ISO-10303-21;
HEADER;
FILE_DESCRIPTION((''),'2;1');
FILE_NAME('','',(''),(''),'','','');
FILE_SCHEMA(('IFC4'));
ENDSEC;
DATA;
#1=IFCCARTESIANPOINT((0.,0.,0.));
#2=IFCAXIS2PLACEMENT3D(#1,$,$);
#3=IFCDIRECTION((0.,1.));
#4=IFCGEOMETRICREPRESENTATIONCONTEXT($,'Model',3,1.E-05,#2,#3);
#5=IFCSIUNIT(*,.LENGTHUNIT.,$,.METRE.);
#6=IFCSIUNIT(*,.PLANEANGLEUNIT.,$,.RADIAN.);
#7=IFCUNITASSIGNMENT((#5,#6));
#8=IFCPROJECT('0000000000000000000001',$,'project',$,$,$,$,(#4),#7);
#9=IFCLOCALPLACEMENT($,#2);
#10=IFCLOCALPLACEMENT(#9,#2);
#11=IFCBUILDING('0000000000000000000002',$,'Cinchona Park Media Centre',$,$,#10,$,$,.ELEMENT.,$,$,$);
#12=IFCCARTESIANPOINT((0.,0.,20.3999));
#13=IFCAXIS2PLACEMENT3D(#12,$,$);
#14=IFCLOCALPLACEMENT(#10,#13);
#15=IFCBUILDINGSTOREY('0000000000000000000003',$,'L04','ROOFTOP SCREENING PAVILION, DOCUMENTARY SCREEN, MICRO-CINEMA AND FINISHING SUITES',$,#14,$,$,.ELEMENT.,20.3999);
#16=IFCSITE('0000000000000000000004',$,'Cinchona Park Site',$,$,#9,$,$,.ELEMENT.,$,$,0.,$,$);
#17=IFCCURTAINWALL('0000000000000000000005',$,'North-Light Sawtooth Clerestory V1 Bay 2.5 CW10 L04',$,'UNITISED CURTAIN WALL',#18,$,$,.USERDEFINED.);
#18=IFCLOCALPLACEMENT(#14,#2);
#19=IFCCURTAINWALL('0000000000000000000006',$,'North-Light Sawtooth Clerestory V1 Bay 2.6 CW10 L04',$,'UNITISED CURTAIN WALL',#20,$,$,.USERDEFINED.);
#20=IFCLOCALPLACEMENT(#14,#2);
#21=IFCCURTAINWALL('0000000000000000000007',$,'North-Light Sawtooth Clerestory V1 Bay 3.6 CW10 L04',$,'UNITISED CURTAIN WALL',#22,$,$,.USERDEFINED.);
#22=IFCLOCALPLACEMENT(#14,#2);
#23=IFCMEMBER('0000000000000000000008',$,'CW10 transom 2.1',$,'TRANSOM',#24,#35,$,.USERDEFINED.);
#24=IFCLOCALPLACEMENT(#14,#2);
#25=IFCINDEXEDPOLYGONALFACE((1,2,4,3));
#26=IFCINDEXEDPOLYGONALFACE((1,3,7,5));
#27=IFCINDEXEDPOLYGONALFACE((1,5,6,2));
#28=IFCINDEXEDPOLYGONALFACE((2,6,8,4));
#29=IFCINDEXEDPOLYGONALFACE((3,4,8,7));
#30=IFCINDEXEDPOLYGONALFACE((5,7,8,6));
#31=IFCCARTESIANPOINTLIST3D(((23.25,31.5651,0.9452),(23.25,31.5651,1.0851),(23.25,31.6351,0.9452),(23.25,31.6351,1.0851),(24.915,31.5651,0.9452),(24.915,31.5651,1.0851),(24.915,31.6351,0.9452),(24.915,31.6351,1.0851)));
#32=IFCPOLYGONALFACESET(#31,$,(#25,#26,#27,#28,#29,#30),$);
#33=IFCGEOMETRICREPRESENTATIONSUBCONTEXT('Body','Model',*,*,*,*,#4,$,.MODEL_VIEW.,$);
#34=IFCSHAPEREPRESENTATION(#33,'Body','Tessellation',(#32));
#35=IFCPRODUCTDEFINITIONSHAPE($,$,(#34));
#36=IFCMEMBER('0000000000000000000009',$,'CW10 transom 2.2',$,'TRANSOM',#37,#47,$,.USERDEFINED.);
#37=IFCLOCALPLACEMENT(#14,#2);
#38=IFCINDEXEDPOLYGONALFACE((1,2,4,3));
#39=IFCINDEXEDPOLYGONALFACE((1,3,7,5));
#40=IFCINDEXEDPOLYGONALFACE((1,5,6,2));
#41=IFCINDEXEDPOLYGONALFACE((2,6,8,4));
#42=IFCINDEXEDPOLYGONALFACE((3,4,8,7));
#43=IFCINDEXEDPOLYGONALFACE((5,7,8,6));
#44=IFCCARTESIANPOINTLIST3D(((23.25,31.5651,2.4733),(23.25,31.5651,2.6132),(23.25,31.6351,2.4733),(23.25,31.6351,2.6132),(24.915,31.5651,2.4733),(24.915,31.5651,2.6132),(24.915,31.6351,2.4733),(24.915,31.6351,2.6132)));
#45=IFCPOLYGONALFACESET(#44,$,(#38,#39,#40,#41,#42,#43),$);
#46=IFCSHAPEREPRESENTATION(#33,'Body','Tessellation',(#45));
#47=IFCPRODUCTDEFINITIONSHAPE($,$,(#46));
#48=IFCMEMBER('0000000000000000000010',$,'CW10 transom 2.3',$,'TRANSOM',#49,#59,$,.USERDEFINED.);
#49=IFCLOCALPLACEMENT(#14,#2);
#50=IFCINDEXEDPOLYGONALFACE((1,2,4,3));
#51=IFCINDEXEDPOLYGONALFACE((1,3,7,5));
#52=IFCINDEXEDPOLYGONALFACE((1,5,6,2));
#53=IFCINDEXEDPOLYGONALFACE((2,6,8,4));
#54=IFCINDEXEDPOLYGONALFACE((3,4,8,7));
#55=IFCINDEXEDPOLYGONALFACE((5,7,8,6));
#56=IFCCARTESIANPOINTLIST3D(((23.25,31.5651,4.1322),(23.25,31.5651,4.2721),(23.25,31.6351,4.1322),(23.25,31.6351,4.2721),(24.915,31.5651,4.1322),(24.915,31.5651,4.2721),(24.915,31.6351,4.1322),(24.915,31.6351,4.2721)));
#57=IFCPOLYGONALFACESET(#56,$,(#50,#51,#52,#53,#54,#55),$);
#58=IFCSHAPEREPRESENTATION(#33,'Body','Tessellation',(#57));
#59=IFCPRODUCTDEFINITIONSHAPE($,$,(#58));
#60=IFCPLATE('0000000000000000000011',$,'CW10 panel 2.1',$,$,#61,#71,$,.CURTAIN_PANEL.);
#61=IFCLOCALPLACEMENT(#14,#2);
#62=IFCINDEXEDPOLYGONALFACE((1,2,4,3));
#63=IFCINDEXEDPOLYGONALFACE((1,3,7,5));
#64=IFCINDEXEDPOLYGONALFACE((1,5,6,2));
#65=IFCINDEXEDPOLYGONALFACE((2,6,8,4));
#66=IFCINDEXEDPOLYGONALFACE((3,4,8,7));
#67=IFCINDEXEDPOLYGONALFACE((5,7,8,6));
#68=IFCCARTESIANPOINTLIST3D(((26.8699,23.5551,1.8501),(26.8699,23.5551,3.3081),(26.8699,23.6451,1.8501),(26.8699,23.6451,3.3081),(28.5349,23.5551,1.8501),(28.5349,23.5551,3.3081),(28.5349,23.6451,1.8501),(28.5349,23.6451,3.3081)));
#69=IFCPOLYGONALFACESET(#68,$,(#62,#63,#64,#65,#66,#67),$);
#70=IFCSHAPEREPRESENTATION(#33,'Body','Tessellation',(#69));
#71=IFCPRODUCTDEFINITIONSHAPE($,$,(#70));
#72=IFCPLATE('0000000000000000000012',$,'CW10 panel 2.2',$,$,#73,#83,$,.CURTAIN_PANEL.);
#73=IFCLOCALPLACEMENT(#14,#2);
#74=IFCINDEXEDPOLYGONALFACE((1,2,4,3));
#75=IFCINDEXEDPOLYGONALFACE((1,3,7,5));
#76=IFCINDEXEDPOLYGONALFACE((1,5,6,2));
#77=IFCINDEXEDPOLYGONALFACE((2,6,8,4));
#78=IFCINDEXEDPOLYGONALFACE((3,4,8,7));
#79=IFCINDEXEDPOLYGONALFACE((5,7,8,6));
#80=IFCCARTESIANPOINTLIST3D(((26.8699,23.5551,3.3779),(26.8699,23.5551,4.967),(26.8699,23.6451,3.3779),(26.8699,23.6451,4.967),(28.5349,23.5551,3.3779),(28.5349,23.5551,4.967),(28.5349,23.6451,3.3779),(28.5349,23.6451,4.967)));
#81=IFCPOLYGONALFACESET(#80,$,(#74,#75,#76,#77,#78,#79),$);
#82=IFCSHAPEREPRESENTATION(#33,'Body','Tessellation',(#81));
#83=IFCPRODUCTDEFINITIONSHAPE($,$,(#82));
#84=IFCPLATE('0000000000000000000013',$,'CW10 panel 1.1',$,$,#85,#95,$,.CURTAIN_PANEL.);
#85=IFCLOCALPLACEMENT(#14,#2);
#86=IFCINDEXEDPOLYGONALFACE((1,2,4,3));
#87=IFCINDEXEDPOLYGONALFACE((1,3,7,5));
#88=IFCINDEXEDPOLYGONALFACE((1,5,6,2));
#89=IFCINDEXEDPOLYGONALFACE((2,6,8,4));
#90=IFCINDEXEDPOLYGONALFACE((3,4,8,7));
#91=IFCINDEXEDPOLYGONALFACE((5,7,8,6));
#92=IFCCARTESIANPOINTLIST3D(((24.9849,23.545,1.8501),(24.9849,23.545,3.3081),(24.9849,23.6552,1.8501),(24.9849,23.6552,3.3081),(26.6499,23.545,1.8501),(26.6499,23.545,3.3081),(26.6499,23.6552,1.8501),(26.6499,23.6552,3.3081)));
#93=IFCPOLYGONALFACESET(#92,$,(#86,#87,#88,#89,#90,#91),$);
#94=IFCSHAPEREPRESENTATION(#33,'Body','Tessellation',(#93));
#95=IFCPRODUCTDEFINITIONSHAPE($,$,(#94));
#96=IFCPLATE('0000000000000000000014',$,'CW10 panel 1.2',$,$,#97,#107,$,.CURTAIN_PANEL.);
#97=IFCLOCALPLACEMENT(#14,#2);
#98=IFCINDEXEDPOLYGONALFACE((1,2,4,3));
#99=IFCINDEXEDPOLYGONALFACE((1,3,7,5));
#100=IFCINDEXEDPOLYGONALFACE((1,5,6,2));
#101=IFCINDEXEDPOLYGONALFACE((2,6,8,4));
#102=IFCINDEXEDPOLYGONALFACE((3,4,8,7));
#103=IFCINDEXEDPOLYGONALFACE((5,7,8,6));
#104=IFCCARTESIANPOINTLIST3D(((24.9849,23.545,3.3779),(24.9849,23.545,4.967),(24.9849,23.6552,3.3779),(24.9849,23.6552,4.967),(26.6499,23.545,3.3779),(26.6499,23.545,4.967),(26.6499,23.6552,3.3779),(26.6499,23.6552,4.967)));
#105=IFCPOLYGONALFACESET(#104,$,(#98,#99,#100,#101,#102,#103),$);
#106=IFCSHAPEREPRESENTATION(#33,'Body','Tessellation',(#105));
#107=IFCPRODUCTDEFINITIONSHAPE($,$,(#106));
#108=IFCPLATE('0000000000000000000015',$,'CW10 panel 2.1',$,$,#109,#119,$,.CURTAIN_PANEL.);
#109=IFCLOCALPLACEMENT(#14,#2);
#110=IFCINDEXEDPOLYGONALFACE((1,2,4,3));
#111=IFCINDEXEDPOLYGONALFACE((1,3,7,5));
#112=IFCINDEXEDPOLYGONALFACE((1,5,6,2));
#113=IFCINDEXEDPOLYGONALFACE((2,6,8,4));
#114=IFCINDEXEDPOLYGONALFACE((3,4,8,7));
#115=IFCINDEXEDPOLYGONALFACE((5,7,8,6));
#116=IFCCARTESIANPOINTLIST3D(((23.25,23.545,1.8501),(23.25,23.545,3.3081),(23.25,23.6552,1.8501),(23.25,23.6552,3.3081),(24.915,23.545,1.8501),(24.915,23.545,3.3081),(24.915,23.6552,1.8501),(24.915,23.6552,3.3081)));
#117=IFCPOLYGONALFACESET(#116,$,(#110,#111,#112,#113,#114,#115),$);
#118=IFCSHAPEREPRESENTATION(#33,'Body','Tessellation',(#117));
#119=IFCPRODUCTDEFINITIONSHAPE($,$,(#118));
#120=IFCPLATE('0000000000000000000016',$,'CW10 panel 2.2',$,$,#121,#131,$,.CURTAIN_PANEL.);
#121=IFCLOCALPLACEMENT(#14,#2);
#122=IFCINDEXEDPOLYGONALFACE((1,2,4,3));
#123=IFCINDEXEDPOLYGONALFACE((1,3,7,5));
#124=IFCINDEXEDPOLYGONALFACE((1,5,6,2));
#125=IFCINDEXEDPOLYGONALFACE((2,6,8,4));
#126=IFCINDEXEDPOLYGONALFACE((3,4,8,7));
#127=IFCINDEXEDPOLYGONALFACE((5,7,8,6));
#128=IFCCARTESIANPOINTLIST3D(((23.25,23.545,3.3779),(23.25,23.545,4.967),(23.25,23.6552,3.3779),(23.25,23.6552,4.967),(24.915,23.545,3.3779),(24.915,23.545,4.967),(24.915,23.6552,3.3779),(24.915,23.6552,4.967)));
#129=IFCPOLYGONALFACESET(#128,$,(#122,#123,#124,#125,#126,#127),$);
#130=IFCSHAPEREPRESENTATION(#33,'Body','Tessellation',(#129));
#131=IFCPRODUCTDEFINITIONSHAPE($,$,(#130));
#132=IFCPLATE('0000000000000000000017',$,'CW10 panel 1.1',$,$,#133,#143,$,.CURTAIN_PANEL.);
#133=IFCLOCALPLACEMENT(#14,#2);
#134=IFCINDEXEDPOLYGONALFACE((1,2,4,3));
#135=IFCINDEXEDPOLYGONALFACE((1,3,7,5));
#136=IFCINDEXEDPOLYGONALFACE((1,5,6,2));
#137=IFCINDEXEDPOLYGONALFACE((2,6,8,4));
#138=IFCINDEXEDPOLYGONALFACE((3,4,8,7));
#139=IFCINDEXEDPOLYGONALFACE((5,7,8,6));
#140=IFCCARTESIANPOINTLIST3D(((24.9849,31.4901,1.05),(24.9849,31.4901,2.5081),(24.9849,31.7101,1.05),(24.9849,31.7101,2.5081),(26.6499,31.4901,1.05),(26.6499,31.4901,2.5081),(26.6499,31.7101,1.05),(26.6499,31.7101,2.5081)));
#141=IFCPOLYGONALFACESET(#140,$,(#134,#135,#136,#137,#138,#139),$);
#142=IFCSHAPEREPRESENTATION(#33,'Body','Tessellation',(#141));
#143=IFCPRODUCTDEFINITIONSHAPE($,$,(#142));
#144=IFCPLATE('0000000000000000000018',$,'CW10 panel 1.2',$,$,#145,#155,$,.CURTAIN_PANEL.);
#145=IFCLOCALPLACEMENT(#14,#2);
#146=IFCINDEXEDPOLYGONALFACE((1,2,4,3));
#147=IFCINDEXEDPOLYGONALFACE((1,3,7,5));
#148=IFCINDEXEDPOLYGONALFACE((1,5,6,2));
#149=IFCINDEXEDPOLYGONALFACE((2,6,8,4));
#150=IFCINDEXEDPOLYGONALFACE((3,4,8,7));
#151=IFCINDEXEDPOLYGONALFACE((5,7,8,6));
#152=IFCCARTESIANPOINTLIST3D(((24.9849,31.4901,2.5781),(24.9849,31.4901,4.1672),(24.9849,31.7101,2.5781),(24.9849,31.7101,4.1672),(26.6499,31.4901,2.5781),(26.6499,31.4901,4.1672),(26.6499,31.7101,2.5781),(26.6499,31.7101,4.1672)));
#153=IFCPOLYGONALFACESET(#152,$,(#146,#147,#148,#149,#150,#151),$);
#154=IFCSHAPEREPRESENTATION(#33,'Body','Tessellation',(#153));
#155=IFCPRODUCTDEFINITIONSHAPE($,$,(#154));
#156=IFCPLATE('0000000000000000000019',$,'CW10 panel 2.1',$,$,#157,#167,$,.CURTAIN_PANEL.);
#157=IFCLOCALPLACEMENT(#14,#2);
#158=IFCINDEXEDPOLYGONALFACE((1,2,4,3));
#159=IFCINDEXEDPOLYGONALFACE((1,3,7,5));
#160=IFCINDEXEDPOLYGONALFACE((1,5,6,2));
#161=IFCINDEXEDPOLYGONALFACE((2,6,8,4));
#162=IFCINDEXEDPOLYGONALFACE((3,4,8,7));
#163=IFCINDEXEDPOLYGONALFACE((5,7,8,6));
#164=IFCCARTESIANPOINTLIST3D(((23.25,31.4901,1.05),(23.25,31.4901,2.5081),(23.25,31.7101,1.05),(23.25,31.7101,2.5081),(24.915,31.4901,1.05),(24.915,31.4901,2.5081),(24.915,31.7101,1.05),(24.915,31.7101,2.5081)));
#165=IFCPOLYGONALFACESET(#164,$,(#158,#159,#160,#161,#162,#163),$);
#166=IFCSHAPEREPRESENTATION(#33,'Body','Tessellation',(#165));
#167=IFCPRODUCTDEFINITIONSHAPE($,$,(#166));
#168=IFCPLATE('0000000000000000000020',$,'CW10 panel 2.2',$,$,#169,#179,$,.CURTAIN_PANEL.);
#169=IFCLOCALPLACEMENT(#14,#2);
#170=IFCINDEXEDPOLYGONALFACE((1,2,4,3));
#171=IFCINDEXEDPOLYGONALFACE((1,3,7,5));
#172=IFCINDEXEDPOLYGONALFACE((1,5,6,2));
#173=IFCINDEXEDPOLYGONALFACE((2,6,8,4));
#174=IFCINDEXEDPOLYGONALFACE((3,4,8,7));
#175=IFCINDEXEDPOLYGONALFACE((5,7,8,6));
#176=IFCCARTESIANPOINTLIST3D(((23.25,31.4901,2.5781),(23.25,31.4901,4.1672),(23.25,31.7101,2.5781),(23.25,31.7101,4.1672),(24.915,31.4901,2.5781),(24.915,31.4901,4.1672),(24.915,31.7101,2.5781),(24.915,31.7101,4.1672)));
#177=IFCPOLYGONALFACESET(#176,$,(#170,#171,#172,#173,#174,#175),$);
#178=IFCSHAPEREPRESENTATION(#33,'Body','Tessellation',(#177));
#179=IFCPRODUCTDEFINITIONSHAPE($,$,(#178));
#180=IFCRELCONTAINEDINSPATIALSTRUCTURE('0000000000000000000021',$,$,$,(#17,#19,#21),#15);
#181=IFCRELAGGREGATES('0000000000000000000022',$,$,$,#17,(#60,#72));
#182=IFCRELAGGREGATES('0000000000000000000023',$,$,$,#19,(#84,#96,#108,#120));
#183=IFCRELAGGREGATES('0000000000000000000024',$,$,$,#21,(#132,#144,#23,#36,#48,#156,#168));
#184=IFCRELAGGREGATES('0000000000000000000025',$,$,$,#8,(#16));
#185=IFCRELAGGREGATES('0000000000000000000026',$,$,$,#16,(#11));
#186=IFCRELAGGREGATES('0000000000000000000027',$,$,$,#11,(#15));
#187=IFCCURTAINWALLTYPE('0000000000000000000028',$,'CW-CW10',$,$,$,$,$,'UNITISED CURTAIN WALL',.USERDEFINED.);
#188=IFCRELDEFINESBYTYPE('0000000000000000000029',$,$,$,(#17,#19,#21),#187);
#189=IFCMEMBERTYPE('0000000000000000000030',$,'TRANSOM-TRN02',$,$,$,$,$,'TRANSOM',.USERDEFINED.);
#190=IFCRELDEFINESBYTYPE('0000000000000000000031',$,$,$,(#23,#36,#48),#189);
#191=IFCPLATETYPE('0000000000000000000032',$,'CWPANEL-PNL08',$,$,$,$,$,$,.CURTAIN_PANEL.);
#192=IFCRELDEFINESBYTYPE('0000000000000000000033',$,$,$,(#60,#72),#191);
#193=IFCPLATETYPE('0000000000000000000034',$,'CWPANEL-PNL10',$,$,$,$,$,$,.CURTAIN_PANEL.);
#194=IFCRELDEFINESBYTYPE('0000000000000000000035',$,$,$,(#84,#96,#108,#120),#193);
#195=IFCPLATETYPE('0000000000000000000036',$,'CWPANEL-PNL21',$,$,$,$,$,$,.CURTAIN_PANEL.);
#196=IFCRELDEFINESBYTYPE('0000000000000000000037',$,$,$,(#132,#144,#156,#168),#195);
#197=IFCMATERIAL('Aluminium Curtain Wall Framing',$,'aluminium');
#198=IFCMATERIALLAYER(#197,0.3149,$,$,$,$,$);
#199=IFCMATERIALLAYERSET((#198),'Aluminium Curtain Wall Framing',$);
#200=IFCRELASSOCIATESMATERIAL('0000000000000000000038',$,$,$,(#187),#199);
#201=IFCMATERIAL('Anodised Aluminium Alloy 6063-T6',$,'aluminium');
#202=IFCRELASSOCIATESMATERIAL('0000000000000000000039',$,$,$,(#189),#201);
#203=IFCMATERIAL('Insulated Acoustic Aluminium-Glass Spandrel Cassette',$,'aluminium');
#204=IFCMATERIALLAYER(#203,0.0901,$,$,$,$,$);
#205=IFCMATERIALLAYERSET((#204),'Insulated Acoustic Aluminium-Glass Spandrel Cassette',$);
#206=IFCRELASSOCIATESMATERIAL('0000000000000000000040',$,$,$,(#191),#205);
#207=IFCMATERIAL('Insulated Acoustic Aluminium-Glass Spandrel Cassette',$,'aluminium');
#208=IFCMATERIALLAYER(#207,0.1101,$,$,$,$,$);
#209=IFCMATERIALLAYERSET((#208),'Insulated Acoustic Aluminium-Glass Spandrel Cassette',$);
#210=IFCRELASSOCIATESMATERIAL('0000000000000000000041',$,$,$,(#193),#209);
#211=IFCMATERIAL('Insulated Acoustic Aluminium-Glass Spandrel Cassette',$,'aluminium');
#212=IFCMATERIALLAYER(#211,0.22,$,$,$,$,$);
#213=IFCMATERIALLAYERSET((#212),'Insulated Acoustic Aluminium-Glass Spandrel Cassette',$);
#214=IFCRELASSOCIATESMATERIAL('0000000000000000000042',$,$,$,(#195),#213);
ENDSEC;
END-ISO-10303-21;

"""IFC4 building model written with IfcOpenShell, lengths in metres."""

from ifc_helpers import new_model, si_unit, direction, frame, origin, origin_2d, place, context, subcontext, project, spatial, rectangle, extrude, material, layer, layer_set, material_profile, profile_set, type_object, element, aggregate, save


model = new_model("IFC4")

# Units and contexts
model_context = context("Model", 3, precision=1e-05, world=origin(), true_north=direction((0.0, 1.0)))
body_context = subcontext(model_context, "Body", "Model", "MODEL_VIEW")
ifc_project = project(units=[si_unit("LENGTHUNIT", "METRE"), si_unit("PLANEANGLEUNIT", "RADIAN")], contexts=[model_context])

# Site, building, storey
site_placement = place(None, origin())
site = spatial("IfcSite", under=ifc_project, at=site_placement, Name="Cinchona Park Site", CompositionType="ELEMENT", RefElevation=0.0)
building_placement = place(site_placement, origin())
building = spatial("IfcBuilding", under=site, at=building_placement, Name="Cinchona Park Media Centre", CompositionType="ELEMENT")
storey_placement = place(building_placement, frame((0.0, 0.0, 20.3999)))
storey = spatial("IfcBuildingStorey", under=building, at=storey_placement, Name="L04", Description="ROOFTOP SCREENING PAVILION, DOCUMENTARY SCREEN, MICRO-CINEMA AND FINISHING SUITES", CompositionType="ELEMENT", Elevation=20.3999)

# Curtain wall
ifc_material_1 = material(Name="Aluminium Curtain Wall Framing", Category="aluminium")
ifc_layer_1 = layer(ifc_material_1, 0.3149)
ifc_layer_set_1 = layer_set([ifc_layer_1], Name="Aluminium Curtain Wall Framing")
curtain_wall_type = type_object("IfcCurtainWallType", Name="CW-CW10", ElementType="UNITISED CURTAIN WALL", PredefinedType="USERDEFINED", material=ifc_layer_set_1)
curtain_wall_1_placement = place(storey_placement, origin())
curtain_wall_1 = element("IfcCurtainWall", 1, at=curtain_wall_1_placement, inside=storey, type_object=curtain_wall_type, Name="North-Light Sawtooth Clerestory V1 Bay 2.5 CW10 L04", ObjectType="UNITISED CURTAIN WALL", PredefinedType="USERDEFINED")

# Curtain walls
curtain_wall_2_placement = place(storey_placement, origin())
curtain_wall_2 = element("IfcCurtainWall", 2, at=curtain_wall_2_placement, inside=storey, type_object=curtain_wall_type, Name="North-Light Sawtooth Clerestory V1 Bay 2.6 CW10 L04", ObjectType="UNITISED CURTAIN WALL", PredefinedType="USERDEFINED")
curtain_wall_3_placement = place(storey_placement, origin())
curtain_wall_3 = element("IfcCurtainWall", 3, at=curtain_wall_3_placement, inside=storey, type_object=curtain_wall_type, Name="North-Light Sawtooth Clerestory V1 Bay 3.6 CW10 L04", ObjectType="UNITISED CURTAIN WALL", PredefinedType="USERDEFINED")

# Members
ifc_material_2 = material(Name="Anodised Aluminium Alloy 6063-T6", Category="aluminium")
ifc_material_profile_1 = material_profile(ifc_material_2, rectangle(XDim=0.0701, YDim=0.1399, at=origin_2d()), Name="TRN-70X140")
ifc_profile_set_1 = profile_set([ifc_material_profile_1], Name="Anodised Aluminium Alloy 6063-T6")
member_type_1 = type_object("IfcMemberType", Name="TRANSOM-TRN02", ElementType="TRANSOM", PredefinedType="USERDEFINED", material=ifc_profile_set_1)
member_1_placement = place(storey_placement, frame((24.915, 31.6001, 1.0151), z_axis=(-1.0, 0.0, 0.0), x_axis=(0.0, -1.0, 0.0)))
member_1 = element("IfcMember", 4, at=member_1_placement, type_object=member_type_1, Name="CW10 transom 2.1", ObjectType="TRANSOM", PredefinedType="USERDEFINED", context=body_context, shape_type="SweptSolid", body=[
    extrude(rectangle(XDim=0.0701, YDim=0.1399, at=origin_2d()), origin(), (0.0, 0.0, 1.0), 1.665),
])
member_2_placement = place(storey_placement, frame((24.915, 31.6001, 2.5432), z_axis=(-1.0, 0.0, 0.0), x_axis=(0.0, -1.0, 0.0)))
member_2 = element("IfcMember", 5, at=member_2_placement, type_object=member_type_1, Name="CW10 transom 2.2", ObjectType="TRANSOM", PredefinedType="USERDEFINED", context=body_context, shape_type="SweptSolid", body=[
    extrude(rectangle(XDim=0.0701, YDim=0.1399, at=origin_2d()), origin(), (0.0, 0.0, 1.0), 1.665),
])
member_3_placement = place(storey_placement, frame((24.915, 31.6001, 4.2021), z_axis=(-1.0, 0.0, 0.0), x_axis=(0.0, -1.0, 0.0)))
member_3 = element("IfcMember", 6, at=member_3_placement, type_object=member_type_1, Name="CW10 transom 2.3", ObjectType="TRANSOM", PredefinedType="USERDEFINED", context=body_context, shape_type="SweptSolid", body=[
    extrude(rectangle(XDim=0.0701, YDim=0.1399, at=origin_2d()), origin(), (0.0, 0.0, 1.0), 1.665),
])

# Plates
ifc_material_3 = material(Name="Insulated Acoustic Aluminium-Glass Spandrel Cassette", Category="aluminium")
ifc_layer_2 = layer(ifc_material_3, 0.0901)
ifc_layer_set_2 = layer_set([ifc_layer_2], Name="Insulated Acoustic Aluminium-Glass Spandrel Cassette")
plate_type_1 = type_object("IfcPlateType", Name="CWPANEL-PNL08", PredefinedType="CURTAIN_PANEL", material=ifc_layer_set_2)
plate_1_placement = place(storey_placement, frame((27.7024, 23.6001, 1.8501), z_axis=(0.0, 0.0, 1.0), x_axis=(-1.0, 0.0, 0.0)))
plate_1 = element("IfcPlate", 7, at=plate_1_placement, type_object=plate_type_1, Name="CW10 panel 2.1", PredefinedType="CURTAIN_PANEL", context=body_context, shape_type="SweptSolid", body=[
    extrude(rectangle(XDim=1.665, YDim=0.0901, at=origin_2d()), origin(), (0.0, 0.0, 1.0), 1.458),
])
plate_2_placement = place(storey_placement, frame((27.7024, 23.6001, 3.3779), z_axis=(0.0, 0.0, 1.0), x_axis=(-1.0, 0.0, 0.0)))
plate_2 = element("IfcPlate", 8, at=plate_2_placement, type_object=plate_type_1, Name="CW10 panel 2.2", PredefinedType="CURTAIN_PANEL", context=body_context, shape_type="SweptSolid", body=[
    extrude(rectangle(XDim=1.665, YDim=0.0901, at=origin_2d()), origin(), (0.0, 0.0, 1.0), 1.5891),
])
aggregate(curtain_wall_1, [plate_1, plate_2])
ifc_material_4 = material(Name="Insulated Acoustic Aluminium-Glass Spandrel Cassette", Category="aluminium")
ifc_layer_3 = layer(ifc_material_4, 0.1101)
ifc_layer_set_3 = layer_set([ifc_layer_3], Name="Insulated Acoustic Aluminium-Glass Spandrel Cassette")
plate_type_2 = type_object("IfcPlateType", Name="CWPANEL-PNL10", PredefinedType="CURTAIN_PANEL", material=ifc_layer_set_3)
plate_3_placement = place(storey_placement, frame((25.8174, 23.6001, 1.8501), z_axis=(0.0, 0.0, 1.0), x_axis=(-1.0, 0.0, 0.0)))
plate_3 = element("IfcPlate", 9, at=plate_3_placement, type_object=plate_type_2, Name="CW10 panel 1.1", PredefinedType="CURTAIN_PANEL", context=body_context, shape_type="SweptSolid", body=[
    extrude(rectangle(XDim=1.665, YDim=0.1101, at=origin_2d()), origin(), (0.0, 0.0, 1.0), 1.458),
])
plate_4_placement = place(storey_placement, frame((25.8174, 23.6001, 3.3779), z_axis=(0.0, 0.0, 1.0), x_axis=(-1.0, 0.0, 0.0)))
plate_4 = element("IfcPlate", 10, at=plate_4_placement, type_object=plate_type_2, Name="CW10 panel 1.2", PredefinedType="CURTAIN_PANEL", context=body_context, shape_type="SweptSolid", body=[
    extrude(rectangle(XDim=1.665, YDim=0.1101, at=origin_2d()), origin(), (0.0, 0.0, 1.0), 1.5891),
])
plate_5_placement = place(storey_placement, frame((24.0825, 23.6001, 1.8501), z_axis=(0.0, 0.0, 1.0), x_axis=(-1.0, 0.0, 0.0)))
plate_5 = element("IfcPlate", 11, at=plate_5_placement, type_object=plate_type_2, Name="CW10 panel 2.1", PredefinedType="CURTAIN_PANEL", context=body_context, shape_type="SweptSolid", body=[
    extrude(rectangle(XDim=1.665, YDim=0.1101, at=origin_2d()), origin(), (0.0, 0.0, 1.0), 1.458),
])
plate_6_placement = place(storey_placement, frame((24.0825, 23.6001, 3.3779), z_axis=(0.0, 0.0, 1.0), x_axis=(-1.0, 0.0, 0.0)))
plate_6 = element("IfcPlate", 12, at=plate_6_placement, type_object=plate_type_2, Name="CW10 panel 2.2", PredefinedType="CURTAIN_PANEL", context=body_context, shape_type="SweptSolid", body=[
    extrude(rectangle(XDim=1.665, YDim=0.1101, at=origin_2d()), origin(), (0.0, 0.0, 1.0), 1.5891),
])
aggregate(curtain_wall_2, [plate_3, plate_4, plate_5, plate_6])
ifc_material_5 = material(Name="Insulated Acoustic Aluminium-Glass Spandrel Cassette", Category="aluminium")
ifc_layer_4 = layer(ifc_material_5, 0.22)
ifc_layer_set_4 = layer_set([ifc_layer_4], Name="Insulated Acoustic Aluminium-Glass Spandrel Cassette")
plate_type_3 = type_object("IfcPlateType", Name="CWPANEL-PNL21", PredefinedType="CURTAIN_PANEL", material=ifc_layer_set_4)
plate_7_placement = place(storey_placement, frame((25.8174, 31.6001, 1.05), z_axis=(0.0, 0.0, 1.0), x_axis=(-1.0, 0.0, 0.0)))
plate_7 = element("IfcPlate", 13, at=plate_7_placement, type_object=plate_type_3, Name="CW10 panel 1.1", PredefinedType="CURTAIN_PANEL", context=body_context, shape_type="SweptSolid", body=[
    extrude(rectangle(XDim=1.665, YDim=0.22, at=origin_2d()), origin(), (0.0, 0.0, 1.0), 1.458),
])
plate_8_placement = place(storey_placement, frame((25.8174, 31.6001, 2.5781), z_axis=(0.0, 0.0, 1.0), x_axis=(-1.0, 0.0, 0.0)))
plate_8 = element("IfcPlate", 14, at=plate_8_placement, type_object=plate_type_3, Name="CW10 panel 1.2", PredefinedType="CURTAIN_PANEL", context=body_context, shape_type="SweptSolid", body=[
    extrude(rectangle(XDim=1.665, YDim=0.22, at=origin_2d()), origin(), (0.0, 0.0, 1.0), 1.5891),
])
plate_9_placement = place(storey_placement, frame((24.0825, 31.6001, 1.05), z_axis=(0.0, 0.0, 1.0), x_axis=(-1.0, 0.0, 0.0)))
plate_9 = element("IfcPlate", 15, at=plate_9_placement, type_object=plate_type_3, Name="CW10 panel 2.1", PredefinedType="CURTAIN_PANEL", context=body_context, shape_type="SweptSolid", body=[
    extrude(rectangle(XDim=1.665, YDim=0.22, at=origin_2d()), origin(), (0.0, 0.0, 1.0), 1.458),
])
plate_10_placement = place(storey_placement, frame((24.0825, 31.6001, 2.5781), z_axis=(0.0, 0.0, 1.0), x_axis=(-1.0, 0.0, 0.0)))
plate_10 = element("IfcPlate", 16, at=plate_10_placement, type_object=plate_type_3, Name="CW10 panel 2.2", PredefinedType="CURTAIN_PANEL", context=body_context, shape_type="SweptSolid", body=[
    extrude(rectangle(XDim=1.665, YDim=0.22, at=origin_2d()), origin(), (0.0, 0.0, 1.0), 1.5891),
])
aggregate(curtain_wall_3, [plate_7, plate_8, member_1, member_2, member_3, plate_9, plate_10])

save(model, "model.ifc")
